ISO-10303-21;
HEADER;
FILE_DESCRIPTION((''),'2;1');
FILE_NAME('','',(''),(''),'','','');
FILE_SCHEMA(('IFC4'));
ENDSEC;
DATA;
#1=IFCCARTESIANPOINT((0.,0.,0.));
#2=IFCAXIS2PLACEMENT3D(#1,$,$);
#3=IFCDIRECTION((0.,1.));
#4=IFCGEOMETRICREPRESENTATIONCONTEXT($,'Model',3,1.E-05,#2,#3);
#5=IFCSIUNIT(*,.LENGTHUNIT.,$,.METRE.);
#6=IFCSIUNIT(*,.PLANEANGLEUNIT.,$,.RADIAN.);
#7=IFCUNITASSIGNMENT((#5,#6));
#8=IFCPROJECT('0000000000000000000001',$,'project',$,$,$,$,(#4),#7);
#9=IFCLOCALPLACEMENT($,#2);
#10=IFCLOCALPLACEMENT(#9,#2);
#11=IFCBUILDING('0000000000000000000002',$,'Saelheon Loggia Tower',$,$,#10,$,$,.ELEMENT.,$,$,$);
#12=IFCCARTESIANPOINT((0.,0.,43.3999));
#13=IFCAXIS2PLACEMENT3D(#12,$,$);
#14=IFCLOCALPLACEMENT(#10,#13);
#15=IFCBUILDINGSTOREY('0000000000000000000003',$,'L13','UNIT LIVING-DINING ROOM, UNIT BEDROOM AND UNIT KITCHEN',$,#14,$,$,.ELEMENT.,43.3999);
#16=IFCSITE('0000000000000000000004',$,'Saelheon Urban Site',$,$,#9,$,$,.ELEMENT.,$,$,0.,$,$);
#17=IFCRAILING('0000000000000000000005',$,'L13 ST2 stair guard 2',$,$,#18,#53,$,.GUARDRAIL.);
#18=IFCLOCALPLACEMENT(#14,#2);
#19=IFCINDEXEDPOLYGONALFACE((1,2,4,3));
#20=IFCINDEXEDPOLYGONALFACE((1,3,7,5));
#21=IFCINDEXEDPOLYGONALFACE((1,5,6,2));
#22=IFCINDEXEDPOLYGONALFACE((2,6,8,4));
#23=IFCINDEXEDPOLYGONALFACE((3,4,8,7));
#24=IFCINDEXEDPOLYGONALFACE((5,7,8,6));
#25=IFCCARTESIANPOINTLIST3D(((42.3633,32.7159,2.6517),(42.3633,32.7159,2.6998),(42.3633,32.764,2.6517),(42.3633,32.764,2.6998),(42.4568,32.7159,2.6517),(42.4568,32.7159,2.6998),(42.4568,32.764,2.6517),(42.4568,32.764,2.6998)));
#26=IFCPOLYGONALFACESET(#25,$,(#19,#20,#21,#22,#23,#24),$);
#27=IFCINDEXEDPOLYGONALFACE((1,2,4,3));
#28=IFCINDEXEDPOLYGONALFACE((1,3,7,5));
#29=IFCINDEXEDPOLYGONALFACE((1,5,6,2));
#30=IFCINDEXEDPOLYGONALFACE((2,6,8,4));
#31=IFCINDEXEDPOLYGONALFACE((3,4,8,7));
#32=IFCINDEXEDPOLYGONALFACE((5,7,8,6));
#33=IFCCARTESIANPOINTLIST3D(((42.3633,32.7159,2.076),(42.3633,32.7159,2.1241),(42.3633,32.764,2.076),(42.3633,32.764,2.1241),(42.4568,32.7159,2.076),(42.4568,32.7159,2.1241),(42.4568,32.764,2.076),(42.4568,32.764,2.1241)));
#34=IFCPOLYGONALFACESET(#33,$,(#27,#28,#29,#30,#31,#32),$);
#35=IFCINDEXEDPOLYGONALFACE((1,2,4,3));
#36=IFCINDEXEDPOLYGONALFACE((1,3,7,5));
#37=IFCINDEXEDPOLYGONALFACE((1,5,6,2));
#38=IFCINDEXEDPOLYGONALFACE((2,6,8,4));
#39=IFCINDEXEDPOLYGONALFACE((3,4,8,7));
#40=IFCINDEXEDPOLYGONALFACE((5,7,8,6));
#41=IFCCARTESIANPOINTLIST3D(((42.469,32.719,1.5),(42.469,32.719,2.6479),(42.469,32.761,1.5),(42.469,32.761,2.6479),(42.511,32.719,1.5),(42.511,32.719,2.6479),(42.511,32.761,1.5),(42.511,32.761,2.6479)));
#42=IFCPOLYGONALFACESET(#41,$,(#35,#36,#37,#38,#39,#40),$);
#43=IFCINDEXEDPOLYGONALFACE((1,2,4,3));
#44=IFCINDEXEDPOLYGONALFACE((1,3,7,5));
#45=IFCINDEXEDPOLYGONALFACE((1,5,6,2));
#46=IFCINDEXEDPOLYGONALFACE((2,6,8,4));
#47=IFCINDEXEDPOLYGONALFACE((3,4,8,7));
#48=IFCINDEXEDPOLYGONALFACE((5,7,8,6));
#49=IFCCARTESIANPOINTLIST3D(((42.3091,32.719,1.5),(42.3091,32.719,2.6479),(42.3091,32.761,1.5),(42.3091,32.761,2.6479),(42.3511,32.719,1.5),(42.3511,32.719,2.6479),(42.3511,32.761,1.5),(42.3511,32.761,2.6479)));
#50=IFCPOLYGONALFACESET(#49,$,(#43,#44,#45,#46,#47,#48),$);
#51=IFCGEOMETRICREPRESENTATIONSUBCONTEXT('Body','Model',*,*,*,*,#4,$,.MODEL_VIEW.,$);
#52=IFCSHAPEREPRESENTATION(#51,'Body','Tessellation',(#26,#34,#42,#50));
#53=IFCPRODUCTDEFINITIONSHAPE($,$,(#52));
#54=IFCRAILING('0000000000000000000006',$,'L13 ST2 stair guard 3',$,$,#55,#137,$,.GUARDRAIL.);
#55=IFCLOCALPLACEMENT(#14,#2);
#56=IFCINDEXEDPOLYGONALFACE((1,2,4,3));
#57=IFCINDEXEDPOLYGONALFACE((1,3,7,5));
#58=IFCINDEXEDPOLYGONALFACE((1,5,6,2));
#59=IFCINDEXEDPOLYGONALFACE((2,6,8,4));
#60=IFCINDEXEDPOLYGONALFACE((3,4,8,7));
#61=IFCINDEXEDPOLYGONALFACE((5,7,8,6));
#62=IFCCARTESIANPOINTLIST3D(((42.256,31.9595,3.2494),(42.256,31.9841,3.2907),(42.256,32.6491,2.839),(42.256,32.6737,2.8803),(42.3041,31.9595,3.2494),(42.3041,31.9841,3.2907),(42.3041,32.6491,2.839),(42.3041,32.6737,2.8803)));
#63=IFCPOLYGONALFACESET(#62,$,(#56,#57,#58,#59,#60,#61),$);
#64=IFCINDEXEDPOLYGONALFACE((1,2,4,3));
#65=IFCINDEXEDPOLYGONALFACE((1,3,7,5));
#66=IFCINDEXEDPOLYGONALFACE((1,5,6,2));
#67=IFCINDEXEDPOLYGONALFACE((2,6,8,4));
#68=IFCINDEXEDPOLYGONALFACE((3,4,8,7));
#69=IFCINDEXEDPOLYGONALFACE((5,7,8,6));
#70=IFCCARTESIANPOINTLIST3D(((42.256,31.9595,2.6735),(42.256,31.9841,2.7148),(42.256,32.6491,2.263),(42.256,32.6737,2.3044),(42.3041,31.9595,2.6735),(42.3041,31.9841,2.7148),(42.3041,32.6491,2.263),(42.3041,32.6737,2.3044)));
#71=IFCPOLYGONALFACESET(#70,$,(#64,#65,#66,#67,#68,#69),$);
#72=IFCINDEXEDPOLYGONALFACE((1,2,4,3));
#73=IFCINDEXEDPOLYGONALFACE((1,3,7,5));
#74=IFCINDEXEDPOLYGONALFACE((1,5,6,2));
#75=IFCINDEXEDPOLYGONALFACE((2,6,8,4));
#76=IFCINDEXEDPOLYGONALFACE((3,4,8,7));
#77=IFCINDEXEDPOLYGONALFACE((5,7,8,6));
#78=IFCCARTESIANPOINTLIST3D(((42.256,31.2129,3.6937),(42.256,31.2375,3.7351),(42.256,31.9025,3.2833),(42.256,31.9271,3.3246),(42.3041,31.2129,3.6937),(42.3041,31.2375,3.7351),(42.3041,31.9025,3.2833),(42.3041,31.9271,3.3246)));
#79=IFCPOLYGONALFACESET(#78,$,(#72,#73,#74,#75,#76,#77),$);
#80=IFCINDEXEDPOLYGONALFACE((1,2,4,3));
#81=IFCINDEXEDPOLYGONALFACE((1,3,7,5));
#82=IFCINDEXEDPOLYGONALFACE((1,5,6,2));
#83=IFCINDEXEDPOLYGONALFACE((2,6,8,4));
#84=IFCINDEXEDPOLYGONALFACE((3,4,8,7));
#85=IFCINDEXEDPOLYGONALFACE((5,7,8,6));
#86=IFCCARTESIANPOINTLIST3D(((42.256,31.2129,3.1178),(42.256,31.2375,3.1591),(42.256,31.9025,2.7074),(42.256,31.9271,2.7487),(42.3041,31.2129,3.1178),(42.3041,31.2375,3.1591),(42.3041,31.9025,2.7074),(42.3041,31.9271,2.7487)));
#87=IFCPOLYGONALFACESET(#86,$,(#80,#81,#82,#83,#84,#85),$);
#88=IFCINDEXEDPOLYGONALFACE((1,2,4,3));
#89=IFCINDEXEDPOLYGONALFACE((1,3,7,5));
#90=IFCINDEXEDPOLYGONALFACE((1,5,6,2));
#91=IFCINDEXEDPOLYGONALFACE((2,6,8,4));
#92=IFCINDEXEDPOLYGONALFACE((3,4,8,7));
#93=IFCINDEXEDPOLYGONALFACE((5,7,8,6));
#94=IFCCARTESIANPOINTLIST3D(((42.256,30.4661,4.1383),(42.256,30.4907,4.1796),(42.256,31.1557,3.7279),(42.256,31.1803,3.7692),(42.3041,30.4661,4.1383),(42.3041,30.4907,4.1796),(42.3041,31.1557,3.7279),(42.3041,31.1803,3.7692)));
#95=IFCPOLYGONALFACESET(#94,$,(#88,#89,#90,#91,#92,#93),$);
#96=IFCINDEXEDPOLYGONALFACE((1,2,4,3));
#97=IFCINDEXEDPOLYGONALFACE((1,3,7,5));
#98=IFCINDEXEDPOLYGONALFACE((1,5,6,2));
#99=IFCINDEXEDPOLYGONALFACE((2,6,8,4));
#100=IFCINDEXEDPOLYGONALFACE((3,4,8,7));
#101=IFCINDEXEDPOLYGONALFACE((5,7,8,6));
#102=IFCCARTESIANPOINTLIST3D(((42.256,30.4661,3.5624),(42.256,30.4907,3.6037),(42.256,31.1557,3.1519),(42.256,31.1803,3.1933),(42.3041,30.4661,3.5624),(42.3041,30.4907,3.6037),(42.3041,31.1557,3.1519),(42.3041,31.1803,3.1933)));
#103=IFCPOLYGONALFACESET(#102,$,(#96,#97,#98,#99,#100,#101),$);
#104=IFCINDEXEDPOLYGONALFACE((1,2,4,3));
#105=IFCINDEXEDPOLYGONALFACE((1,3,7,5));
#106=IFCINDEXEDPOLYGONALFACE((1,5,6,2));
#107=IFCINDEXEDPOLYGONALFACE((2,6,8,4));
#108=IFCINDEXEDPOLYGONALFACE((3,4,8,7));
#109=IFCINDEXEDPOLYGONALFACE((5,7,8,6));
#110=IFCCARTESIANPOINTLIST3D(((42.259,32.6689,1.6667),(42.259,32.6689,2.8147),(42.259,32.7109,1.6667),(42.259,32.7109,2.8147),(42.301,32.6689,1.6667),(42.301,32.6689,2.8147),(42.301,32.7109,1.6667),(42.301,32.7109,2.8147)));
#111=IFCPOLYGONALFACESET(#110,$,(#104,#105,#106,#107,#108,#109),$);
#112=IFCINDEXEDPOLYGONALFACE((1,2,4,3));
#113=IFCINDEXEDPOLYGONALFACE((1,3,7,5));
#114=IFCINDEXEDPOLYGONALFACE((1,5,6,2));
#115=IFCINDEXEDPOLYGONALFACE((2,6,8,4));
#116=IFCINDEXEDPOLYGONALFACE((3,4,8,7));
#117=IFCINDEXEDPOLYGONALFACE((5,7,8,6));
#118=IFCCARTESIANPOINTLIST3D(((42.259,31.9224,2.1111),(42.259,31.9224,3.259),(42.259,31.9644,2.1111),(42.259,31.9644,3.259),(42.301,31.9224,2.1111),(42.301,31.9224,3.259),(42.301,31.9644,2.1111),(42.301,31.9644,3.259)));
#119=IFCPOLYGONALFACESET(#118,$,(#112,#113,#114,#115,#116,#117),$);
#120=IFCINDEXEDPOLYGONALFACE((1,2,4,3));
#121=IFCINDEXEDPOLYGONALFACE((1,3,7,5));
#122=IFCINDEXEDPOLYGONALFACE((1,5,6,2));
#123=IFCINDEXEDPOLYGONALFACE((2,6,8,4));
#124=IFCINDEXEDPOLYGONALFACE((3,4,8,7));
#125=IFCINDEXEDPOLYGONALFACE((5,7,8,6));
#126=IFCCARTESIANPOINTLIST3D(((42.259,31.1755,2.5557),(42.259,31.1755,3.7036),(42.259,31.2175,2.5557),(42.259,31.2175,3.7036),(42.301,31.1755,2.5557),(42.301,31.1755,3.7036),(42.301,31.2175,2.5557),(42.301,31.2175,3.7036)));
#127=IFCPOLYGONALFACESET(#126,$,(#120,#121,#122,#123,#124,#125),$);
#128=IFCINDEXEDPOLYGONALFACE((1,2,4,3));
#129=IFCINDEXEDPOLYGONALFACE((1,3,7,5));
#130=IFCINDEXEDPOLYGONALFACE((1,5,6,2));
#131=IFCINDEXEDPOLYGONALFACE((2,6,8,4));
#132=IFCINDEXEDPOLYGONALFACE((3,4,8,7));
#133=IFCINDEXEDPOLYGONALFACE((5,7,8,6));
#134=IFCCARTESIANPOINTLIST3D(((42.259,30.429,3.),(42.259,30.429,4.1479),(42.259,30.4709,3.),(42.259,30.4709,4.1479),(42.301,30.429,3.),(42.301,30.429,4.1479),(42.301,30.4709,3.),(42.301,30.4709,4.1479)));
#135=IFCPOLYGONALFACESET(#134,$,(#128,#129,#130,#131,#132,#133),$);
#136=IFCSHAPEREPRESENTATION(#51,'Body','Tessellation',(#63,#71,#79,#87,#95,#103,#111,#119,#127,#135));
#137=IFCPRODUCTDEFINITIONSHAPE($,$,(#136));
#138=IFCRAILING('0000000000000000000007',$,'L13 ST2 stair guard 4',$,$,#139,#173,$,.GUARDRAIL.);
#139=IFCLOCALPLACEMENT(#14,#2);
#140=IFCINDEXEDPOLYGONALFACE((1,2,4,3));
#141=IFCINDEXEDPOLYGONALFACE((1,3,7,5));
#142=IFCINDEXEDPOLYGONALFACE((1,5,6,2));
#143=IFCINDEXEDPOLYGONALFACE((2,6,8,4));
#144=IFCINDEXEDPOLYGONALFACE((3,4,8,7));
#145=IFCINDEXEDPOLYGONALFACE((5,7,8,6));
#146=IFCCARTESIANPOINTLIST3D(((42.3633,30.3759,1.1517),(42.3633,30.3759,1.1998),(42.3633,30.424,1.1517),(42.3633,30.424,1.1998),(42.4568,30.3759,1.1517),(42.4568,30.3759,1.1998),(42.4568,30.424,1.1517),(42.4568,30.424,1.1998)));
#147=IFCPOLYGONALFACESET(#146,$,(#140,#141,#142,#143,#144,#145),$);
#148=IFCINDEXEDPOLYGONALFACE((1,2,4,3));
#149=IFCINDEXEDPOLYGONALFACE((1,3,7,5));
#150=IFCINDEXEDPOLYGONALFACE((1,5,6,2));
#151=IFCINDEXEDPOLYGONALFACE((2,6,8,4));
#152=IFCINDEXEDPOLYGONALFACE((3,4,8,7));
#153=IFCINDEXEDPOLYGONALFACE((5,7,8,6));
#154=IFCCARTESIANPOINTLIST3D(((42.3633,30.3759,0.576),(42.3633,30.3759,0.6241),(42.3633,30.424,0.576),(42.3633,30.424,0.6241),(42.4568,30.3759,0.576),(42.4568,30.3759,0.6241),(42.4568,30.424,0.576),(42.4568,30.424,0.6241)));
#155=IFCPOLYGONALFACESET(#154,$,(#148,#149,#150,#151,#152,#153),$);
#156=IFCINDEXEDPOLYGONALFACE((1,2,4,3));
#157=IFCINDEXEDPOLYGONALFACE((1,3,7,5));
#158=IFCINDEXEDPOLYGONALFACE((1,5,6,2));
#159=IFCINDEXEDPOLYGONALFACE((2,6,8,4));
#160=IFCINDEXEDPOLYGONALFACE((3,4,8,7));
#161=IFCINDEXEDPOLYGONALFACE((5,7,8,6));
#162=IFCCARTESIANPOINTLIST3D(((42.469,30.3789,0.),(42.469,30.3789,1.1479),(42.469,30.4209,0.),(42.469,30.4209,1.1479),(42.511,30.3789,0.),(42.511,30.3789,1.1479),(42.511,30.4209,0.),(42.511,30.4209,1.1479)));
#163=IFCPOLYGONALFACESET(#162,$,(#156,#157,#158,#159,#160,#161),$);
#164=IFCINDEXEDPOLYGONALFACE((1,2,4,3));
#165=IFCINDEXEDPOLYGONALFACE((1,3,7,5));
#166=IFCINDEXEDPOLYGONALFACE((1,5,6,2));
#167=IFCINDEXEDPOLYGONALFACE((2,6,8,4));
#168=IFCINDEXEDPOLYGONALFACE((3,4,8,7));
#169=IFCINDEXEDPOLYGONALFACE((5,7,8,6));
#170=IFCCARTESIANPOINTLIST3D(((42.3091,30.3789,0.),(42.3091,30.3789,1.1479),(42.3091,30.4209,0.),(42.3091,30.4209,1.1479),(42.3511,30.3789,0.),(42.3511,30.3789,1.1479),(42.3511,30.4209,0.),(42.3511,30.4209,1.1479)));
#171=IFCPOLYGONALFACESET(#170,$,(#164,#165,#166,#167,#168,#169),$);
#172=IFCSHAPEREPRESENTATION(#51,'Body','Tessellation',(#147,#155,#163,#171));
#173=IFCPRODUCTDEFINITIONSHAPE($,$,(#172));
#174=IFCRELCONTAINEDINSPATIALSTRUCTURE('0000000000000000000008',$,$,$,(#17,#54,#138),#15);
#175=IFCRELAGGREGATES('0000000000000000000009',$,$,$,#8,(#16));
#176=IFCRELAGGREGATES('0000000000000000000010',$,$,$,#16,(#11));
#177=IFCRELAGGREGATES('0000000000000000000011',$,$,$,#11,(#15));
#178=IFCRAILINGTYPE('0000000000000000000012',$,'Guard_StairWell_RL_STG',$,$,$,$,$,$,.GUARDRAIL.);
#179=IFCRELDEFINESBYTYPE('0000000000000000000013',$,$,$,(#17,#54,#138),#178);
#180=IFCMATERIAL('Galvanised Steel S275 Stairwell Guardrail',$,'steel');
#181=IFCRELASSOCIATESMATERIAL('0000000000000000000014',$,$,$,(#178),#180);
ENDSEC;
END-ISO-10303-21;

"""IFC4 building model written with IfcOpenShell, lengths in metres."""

from ifc_helpers import new_model, si_unit, direction, frame, origin, origin_2d, place, context, subcontext, project, spatial, rectangle, extrude, material, type_object, element, save


model = new_model("IFC4")

# Units and contexts
model_context = context("Model", 3, precision=1e-05, world=origin(), true_north=direction((0.0, 1.0)))
body_context = subcontext(model_context, "Body", "Model", "MODEL_VIEW")
ifc_project = project(units=[si_unit("LENGTHUNIT", "METRE"), si_unit("PLANEANGLEUNIT", "RADIAN")], contexts=[model_context])

# Site, building, storey
site_placement = place(None, origin())
site = spatial("IfcSite", under=ifc_project, at=site_placement, Name="Saelheon Urban Site", CompositionType="ELEMENT", RefElevation=0.0)
building_placement = place(site_placement, origin())
building = spatial("IfcBuilding", under=site, at=building_placement, Name="Saelheon Loggia Tower", CompositionType="ELEMENT")
storey_placement = place(building_placement, frame((0.0, 0.0, 43.3999)))
storey = spatial("IfcBuildingStorey", under=building, at=storey_placement, Name="L13", Description="UNIT LIVING-DINING ROOM, UNIT BEDROOM AND UNIT KITCHEN", CompositionType="ELEMENT", Elevation=43.3999)

# Railings
ifc_material_1 = material(Name="Galvanised Steel S275 Stairwell Guardrail", Category="steel")
railing_type_1 = type_object("IfcRailingType", Name="Guard_StairWell_RL_STG", PredefinedType="GUARDRAIL", material=ifc_material_1)
railing_1_placement = place(storey_placement, frame((42.49, 32.74, 1.5)))
element("IfcRailing", 1, at=railing_1_placement, inside=storey, type_object=railing_type_1, Name="L13 ST2 stair guard 2", PredefinedType="GUARDRAIL", context=body_context, shape_type="SweptSolid", body=[
    extrude(rectangle(XDim=0.0481, YDim=0.0481, at=origin_2d()), frame((-0.0332, 0.0, 1.1758), z_axis=(-1.0, 0.0, 0.0), x_axis=(0.0, -1.0, 0.0)), (0.0, 0.0, 1.0), 0.0935),
    extrude(rectangle(XDim=0.0481, YDim=0.0481, at=origin_2d()), frame((-0.0332, 0.0, 0.6001), z_axis=(-1.0, 0.0, 0.0), x_axis=(0.0, -1.0, 0.0)), (0.0, 0.0, 1.0), 0.0935),
    extrude(rectangle(XDim=0.042, YDim=0.042, at=origin_2d()), origin(), (0.0, 0.0, 1.0), 1.1479),
    extrude(rectangle(XDim=0.042, YDim=0.042, at=origin_2d()), frame((-0.1599, 0.0, 0.0)), (0.0, 0.0, 1.0), 1.1479),
])
railing_2_placement = place(storey_placement, frame((42.28, 32.6899, 1.6667)))
element("IfcRailing", 2, at=railing_2_placement, inside=storey, type_object=railing_type_1, Name="L13 ST2 stair guard 3", PredefinedType="GUARDRAIL", context=body_context, shape_type="SweptSolid", body=[
    extrude(rectangle(XDim=0.0481, YDim=0.0481, at=origin_2d()), frame((0.0, -0.0286, 1.1929), z_axis=(0.0, -0.859306, 0.511462), x_axis=(1.0, 0.0, 0.0)), (0.0, 0.0, 1.0), 0.8025),
    extrude(rectangle(XDim=0.0481, YDim=0.0481, at=origin_2d()), frame((0.0, -0.0286, 0.6169), z_axis=(0.0, -0.859306, 0.511462), x_axis=(1.0, 0.0, 0.0)), (0.0, 0.0, 1.0), 0.8025),
    extrude(rectangle(XDim=0.0481, YDim=0.0481, at=origin_2d()), frame((0.0, -0.7751, 1.6372), z_axis=(0.0, -0.859306, 0.511462), x_axis=(1.0, 0.0, 0.0)), (0.0, 0.0, 1.0), 0.8025),
    extrude(rectangle(XDim=0.0481, YDim=0.0481, at=origin_2d()), frame((0.0, -0.7751, 1.0613), z_axis=(0.0, -0.859306, 0.511462), x_axis=(1.0, 0.0, 0.0)), (0.0, 0.0, 1.0), 0.8025),
    extrude(rectangle(XDim=0.0481, YDim=0.0481, at=origin_2d()), frame((0.0, -1.522, 2.0818), z_axis=(0.0, -0.859306, 0.511462), x_axis=(1.0, 0.0, 0.0)), (0.0, 0.0, 1.0), 0.8025),
    extrude(rectangle(XDim=0.0481, YDim=0.0481, at=origin_2d()), frame((0.0, -1.522, 1.5059), z_axis=(0.0, -0.859306, 0.511462), x_axis=(1.0, 0.0, 0.0)), (0.0, 0.0, 1.0), 0.8025),
    extrude(rectangle(XDim=0.042, YDim=0.042, at=origin_2d()), origin(), (0.0, 0.0, 1.0), 1.1479),
    extrude(rectangle(XDim=0.042, YDim=0.042, at=origin_2d()), frame((0.0, -0.7466, 0.4443)), (0.0, 0.0, 1.0), 1.1479),
    extrude(rectangle(XDim=0.042, YDim=0.042, at=origin_2d()), frame((0.0, -1.4934, 0.8889)), (0.0, 0.0, 1.0), 1.1479),
    extrude(rectangle(XDim=0.042, YDim=0.042, at=origin_2d()), frame((0.0, -2.24, 1.3333)), (0.0, 0.0, 1.0), 1.1479),
])
railing_3_placement = place(storey_placement, frame((42.49, 30.3999, 0.0)))
element("IfcRailing", 3, at=railing_3_placement, inside=storey, type_object=railing_type_1, Name="L13 ST2 stair guard 4", PredefinedType="GUARDRAIL", context=body_context, shape_type="SweptSolid", body=[
    extrude(rectangle(XDim=0.0481, YDim=0.0481, at=origin_2d()), frame((-0.0332, 0.0, 1.1758), z_axis=(-1.0, 0.0, 0.0), x_axis=(0.0, -1.0, 0.0)), (0.0, 0.0, 1.0), 0.0935),
    extrude(rectangle(XDim=0.0481, YDim=0.0481, at=origin_2d()), frame((-0.0332, 0.0, 0.6001), z_axis=(-1.0, 0.0, 0.0), x_axis=(0.0, -1.0, 0.0)), (0.0, 0.0, 1.0), 0.0935),
    extrude(rectangle(XDim=0.042, YDim=0.042, at=origin_2d()), origin(), (0.0, 0.0, 1.0), 1.1479),
    extrude(rectangle(XDim=0.042, YDim=0.042, at=origin_2d()), frame((-0.1599, 0.0, 0.0)), (0.0, 0.0, 1.0), 1.1479),
])

save(model, "model.ifc")
